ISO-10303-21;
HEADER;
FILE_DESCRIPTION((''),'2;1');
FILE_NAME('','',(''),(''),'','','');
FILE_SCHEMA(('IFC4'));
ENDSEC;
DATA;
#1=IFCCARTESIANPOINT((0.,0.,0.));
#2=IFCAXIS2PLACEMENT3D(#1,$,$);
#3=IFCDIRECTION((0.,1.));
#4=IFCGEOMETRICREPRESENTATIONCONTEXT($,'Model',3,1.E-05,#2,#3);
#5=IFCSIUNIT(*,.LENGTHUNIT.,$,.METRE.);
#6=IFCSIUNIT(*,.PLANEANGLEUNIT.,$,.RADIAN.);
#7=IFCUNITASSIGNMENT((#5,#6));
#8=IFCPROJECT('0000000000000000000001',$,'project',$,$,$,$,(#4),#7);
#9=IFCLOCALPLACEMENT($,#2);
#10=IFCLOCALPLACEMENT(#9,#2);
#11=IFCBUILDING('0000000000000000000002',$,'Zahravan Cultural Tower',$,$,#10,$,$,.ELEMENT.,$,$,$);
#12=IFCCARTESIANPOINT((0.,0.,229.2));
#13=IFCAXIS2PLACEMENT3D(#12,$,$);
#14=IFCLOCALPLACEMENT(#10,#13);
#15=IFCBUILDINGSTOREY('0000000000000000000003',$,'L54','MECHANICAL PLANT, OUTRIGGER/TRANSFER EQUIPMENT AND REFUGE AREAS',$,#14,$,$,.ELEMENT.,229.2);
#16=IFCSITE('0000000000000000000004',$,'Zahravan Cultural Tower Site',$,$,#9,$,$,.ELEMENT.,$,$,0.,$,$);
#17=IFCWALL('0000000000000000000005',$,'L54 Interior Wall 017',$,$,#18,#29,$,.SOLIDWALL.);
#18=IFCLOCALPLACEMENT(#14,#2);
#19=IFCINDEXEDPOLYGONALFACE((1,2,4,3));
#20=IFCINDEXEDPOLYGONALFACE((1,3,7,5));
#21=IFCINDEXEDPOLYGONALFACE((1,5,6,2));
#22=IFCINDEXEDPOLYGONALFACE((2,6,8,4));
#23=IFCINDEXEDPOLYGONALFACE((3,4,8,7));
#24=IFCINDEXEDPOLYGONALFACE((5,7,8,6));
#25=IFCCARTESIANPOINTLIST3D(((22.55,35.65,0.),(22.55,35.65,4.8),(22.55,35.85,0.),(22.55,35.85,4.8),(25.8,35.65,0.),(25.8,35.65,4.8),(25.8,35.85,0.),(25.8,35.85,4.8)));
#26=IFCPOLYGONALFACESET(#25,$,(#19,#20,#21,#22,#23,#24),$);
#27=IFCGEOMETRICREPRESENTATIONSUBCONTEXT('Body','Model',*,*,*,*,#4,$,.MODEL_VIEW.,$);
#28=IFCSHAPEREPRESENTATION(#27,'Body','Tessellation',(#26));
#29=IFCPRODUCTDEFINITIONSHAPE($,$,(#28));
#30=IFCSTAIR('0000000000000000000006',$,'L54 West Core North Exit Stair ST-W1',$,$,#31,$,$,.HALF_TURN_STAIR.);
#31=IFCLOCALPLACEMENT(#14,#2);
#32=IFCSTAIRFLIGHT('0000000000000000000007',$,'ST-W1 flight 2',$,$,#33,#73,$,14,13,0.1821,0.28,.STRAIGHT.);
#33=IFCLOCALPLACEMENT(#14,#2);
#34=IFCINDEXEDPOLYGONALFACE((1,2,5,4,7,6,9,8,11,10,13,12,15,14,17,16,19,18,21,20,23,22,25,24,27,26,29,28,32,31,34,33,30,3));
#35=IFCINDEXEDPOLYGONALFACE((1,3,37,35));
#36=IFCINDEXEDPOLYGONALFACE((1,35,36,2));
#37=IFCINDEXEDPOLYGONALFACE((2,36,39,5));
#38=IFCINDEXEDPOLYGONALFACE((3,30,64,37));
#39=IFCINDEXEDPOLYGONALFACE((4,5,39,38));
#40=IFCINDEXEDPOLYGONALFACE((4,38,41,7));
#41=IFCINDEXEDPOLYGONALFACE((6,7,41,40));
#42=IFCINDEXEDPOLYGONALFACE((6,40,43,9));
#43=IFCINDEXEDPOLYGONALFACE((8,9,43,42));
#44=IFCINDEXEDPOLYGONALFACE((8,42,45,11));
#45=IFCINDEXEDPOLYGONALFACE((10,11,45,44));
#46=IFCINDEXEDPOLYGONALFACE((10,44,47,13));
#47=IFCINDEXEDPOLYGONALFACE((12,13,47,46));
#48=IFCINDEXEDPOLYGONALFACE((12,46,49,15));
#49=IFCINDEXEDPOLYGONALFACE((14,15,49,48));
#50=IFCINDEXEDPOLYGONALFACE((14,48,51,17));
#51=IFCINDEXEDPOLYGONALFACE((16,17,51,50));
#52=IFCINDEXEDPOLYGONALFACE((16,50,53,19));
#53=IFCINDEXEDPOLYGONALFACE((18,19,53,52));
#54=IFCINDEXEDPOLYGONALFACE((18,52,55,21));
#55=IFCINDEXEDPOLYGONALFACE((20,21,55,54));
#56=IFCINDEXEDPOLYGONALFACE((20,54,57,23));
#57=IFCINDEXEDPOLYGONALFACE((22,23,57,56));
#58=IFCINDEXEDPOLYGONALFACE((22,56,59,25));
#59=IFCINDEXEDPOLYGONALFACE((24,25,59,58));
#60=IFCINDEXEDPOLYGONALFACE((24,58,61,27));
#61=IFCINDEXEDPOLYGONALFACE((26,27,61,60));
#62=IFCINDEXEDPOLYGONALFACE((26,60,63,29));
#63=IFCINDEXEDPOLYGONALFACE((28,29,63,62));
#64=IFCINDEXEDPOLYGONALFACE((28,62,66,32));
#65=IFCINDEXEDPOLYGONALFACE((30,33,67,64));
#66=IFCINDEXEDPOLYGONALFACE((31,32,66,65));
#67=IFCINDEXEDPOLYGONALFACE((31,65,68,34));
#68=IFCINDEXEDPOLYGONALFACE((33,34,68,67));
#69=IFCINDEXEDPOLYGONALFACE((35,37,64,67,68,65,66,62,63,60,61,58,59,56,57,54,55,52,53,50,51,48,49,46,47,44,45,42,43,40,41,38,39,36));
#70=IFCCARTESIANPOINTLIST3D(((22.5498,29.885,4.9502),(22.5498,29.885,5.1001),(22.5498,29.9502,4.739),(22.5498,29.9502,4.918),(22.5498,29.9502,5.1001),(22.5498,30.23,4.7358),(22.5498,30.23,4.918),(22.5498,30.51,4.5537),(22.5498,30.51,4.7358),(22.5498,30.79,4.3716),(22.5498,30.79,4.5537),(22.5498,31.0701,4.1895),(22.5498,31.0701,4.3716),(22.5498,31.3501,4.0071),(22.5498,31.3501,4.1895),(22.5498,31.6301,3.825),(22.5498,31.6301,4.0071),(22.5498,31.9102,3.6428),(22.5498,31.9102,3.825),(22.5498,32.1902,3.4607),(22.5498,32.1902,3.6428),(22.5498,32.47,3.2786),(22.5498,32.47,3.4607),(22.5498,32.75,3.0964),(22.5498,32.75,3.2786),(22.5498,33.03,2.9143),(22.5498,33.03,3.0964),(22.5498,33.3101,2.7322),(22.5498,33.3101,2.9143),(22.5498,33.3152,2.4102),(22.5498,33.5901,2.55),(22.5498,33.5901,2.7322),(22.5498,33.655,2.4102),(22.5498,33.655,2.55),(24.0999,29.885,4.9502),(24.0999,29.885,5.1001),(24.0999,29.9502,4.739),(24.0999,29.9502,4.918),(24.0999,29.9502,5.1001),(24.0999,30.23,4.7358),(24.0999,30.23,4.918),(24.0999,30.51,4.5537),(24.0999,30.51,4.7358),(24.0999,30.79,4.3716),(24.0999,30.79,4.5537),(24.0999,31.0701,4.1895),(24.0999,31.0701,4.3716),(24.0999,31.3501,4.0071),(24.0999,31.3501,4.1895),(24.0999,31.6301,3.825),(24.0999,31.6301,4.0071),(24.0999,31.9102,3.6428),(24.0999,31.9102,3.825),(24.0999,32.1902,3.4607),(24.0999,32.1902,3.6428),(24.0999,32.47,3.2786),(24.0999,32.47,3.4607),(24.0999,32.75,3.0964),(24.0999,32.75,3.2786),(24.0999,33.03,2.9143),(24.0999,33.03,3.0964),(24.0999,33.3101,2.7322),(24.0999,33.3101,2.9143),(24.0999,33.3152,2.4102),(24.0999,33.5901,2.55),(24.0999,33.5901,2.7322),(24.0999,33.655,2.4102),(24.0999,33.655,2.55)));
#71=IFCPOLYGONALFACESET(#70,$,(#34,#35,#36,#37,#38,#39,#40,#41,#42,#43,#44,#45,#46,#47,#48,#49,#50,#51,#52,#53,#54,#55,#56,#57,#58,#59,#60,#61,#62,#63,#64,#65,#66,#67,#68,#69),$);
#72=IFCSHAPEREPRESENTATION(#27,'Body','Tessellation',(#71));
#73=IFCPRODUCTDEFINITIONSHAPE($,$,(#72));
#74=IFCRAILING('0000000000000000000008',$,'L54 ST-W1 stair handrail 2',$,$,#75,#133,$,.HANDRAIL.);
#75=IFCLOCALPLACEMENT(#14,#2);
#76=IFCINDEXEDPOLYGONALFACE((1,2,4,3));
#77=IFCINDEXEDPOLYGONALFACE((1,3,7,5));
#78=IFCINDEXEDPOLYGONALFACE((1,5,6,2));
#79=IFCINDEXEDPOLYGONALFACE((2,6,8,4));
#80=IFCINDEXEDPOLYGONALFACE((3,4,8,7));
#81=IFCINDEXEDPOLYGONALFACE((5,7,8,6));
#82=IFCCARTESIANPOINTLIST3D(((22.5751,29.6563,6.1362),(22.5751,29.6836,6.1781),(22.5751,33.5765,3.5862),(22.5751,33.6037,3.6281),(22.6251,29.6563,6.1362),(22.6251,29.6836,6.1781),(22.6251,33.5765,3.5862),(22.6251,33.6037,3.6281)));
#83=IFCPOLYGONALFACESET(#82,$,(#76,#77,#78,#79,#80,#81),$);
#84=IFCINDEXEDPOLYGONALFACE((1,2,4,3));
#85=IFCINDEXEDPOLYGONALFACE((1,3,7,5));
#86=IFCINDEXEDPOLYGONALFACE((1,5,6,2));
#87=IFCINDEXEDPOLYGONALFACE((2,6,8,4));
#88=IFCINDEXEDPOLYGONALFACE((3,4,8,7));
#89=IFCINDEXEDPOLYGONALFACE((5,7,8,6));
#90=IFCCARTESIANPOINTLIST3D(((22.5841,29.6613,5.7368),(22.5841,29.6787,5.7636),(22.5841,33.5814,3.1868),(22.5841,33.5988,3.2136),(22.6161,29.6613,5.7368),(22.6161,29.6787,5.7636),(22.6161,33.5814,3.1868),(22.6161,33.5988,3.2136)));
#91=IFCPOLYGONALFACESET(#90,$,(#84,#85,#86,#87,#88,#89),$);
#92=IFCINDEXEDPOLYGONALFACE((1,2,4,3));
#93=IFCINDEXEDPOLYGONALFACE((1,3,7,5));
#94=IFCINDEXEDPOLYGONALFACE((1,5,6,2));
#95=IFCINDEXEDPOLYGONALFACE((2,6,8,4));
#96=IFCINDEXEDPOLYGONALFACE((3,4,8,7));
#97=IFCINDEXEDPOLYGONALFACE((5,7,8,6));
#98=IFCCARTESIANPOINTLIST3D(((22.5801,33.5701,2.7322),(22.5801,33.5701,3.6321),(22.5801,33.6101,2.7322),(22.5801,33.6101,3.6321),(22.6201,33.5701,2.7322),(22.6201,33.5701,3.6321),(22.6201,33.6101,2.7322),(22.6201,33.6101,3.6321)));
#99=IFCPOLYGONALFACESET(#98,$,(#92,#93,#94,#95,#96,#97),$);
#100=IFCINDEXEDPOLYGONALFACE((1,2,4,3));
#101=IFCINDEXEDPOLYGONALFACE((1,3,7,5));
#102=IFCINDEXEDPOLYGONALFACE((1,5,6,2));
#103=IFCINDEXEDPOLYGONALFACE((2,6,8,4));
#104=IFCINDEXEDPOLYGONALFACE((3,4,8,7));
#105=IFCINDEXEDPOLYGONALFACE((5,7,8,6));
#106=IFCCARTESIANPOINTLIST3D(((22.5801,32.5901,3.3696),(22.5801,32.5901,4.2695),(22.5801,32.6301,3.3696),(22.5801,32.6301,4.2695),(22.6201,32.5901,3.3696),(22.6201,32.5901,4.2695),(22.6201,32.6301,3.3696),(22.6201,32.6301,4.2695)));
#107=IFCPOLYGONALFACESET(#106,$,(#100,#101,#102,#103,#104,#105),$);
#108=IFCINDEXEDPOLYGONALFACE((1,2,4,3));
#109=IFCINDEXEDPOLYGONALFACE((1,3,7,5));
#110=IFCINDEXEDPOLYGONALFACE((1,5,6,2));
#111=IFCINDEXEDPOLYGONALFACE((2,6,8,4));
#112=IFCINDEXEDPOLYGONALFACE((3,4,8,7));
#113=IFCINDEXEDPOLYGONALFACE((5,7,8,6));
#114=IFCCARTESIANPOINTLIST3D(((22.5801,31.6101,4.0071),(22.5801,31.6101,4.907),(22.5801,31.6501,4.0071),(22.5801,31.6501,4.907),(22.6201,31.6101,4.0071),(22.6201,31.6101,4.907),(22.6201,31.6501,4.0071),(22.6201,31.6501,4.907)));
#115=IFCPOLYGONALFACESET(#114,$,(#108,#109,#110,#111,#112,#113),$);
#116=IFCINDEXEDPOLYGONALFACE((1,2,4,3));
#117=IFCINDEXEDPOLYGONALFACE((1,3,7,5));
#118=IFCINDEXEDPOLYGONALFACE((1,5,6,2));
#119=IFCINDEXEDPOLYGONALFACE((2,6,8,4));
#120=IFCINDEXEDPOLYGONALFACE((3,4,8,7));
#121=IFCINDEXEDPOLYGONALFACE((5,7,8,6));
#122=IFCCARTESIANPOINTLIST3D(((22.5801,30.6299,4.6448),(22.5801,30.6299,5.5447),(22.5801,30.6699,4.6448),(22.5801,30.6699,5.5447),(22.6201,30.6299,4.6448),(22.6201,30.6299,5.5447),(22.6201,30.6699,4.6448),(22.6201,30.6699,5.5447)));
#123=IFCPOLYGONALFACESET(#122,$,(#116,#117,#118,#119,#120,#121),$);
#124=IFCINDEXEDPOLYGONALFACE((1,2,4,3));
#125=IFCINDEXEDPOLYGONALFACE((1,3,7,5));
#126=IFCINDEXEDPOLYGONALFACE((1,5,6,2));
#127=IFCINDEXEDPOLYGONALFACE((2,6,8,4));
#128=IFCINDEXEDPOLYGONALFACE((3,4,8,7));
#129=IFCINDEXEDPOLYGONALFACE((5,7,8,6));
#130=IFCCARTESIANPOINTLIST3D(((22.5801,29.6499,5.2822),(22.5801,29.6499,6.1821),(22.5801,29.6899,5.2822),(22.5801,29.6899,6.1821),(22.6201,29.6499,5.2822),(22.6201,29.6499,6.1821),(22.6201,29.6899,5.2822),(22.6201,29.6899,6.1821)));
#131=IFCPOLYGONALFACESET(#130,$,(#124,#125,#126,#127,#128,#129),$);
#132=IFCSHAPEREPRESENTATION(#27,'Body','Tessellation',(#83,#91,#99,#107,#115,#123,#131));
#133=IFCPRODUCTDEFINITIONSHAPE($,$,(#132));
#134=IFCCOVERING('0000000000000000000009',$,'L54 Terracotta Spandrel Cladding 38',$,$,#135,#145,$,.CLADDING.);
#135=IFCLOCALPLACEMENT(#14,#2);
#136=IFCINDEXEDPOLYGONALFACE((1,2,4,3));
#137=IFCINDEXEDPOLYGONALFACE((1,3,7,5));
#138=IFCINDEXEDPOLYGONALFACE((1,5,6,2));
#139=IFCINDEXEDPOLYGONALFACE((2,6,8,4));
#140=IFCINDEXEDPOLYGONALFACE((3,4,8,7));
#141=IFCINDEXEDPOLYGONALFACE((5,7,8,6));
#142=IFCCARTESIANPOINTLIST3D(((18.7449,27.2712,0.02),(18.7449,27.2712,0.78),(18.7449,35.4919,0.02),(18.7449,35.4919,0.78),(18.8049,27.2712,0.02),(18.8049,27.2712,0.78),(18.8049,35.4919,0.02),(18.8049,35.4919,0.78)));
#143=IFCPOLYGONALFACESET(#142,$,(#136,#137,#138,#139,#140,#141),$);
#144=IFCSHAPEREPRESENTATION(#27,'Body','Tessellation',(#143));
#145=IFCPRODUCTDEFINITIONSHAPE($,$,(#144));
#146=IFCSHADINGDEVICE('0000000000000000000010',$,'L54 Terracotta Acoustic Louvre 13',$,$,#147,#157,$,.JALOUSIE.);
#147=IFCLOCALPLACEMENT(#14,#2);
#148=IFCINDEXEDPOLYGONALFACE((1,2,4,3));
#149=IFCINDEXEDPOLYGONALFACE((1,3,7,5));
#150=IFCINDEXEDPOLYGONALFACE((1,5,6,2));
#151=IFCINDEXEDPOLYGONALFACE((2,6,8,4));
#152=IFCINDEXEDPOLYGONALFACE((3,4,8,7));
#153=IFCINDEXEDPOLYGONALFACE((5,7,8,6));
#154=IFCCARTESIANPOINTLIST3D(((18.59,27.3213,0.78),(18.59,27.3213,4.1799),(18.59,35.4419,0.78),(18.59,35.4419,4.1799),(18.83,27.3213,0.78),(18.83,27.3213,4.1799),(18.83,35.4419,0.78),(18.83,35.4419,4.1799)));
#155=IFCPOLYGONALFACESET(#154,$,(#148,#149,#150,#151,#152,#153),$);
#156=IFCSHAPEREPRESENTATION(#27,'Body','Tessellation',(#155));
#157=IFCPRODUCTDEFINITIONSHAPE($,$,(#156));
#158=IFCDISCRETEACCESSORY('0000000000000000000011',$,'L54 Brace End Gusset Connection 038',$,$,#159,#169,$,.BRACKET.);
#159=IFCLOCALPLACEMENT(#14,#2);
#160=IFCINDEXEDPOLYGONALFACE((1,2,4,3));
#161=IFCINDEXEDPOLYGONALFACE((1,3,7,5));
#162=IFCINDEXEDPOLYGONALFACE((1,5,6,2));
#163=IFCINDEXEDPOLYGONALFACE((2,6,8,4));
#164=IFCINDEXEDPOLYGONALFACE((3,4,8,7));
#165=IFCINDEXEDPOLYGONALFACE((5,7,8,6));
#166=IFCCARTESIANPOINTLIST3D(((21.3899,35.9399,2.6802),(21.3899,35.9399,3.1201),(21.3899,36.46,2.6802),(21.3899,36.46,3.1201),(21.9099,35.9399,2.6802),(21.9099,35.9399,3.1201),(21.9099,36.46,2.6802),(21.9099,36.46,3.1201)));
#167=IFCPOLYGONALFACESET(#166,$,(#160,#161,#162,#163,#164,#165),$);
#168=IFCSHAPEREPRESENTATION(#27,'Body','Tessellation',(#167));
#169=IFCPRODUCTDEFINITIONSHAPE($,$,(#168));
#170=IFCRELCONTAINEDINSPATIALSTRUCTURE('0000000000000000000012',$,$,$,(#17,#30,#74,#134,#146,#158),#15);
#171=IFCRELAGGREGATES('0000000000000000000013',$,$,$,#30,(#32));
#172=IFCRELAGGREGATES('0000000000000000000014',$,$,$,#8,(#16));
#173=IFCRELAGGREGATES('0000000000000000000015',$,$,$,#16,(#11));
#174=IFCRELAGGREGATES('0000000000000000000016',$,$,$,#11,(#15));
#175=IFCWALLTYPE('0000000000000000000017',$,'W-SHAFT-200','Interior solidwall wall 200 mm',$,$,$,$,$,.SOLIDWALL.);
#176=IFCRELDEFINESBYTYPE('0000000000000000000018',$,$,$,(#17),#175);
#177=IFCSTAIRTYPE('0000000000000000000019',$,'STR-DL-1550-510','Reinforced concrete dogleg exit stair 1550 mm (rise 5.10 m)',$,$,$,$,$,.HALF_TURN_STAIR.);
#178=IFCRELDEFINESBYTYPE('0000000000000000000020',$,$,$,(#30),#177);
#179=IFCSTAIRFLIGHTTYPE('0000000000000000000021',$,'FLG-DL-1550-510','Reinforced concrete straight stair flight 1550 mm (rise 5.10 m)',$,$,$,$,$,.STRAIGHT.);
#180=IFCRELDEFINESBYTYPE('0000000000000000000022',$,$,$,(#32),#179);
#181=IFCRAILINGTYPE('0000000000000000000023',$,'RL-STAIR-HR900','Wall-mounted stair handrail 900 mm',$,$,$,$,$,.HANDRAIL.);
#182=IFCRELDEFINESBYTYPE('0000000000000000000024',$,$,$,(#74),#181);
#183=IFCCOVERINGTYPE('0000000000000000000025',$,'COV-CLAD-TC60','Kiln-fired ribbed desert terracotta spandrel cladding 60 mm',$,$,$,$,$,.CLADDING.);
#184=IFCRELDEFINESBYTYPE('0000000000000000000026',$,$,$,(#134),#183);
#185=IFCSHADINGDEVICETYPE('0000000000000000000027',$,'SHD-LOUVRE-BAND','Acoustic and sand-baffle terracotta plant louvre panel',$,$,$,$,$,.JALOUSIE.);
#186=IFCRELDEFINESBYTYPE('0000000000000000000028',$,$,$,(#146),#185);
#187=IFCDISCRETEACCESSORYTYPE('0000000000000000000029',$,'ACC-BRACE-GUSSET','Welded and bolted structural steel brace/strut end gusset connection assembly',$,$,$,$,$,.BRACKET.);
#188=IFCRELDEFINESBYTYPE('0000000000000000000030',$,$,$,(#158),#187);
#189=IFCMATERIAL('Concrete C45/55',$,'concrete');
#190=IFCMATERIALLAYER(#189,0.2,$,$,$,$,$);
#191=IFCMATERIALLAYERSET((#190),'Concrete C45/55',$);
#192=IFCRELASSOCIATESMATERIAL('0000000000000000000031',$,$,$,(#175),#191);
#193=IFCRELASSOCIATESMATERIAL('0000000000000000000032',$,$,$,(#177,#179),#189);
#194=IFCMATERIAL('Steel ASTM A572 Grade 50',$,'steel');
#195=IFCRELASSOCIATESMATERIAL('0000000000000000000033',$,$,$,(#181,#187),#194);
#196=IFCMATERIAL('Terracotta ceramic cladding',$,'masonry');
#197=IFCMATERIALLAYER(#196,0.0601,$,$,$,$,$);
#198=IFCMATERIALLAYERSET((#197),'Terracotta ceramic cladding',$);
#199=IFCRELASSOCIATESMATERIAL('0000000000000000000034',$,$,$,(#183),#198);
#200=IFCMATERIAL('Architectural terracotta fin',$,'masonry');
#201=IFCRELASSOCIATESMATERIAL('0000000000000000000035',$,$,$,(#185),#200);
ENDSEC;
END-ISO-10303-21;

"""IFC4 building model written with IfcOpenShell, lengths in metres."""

from ifc_helpers import new_model, si_unit, direction, frame, frame_2d, origin, origin_2d, place, context, subcontext, project, spatial, polyline, rectangle, outline, extrude, source, transform, mapped, material, layer, layer_set, type_object, element, aggregate, save


model = new_model("IFC4")

# Units and contexts
model_context = context("Model", 3, precision=1e-05, world=origin(), true_north=direction((0.0, 1.0)))
body_context = subcontext(model_context, "Body", "Model", "MODEL_VIEW")
ifc_project = project(units=[si_unit("LENGTHUNIT", "METRE"), si_unit("PLANEANGLEUNIT", "RADIAN")], contexts=[model_context])

# Site, building, storey
site_placement = place(None, origin())
site = spatial("IfcSite", under=ifc_project, at=site_placement, Name="Zahravan Cultural Tower Site", CompositionType="ELEMENT", RefElevation=0.0)
building_placement = place(site_placement, origin())
building = spatial("IfcBuilding", under=site, at=building_placement, Name="Zahravan Cultural Tower", CompositionType="ELEMENT")
storey_placement = place(building_placement, frame((0.0, 0.0, 229.2)))
storey = spatial("IfcBuildingStorey", under=building, at=storey_placement, Name="L54", Description="MECHANICAL PLANT, OUTRIGGER/TRANSFER EQUIPMENT AND REFUGE AREAS", CompositionType="ELEMENT", Elevation=229.2)

# Shared definitions
ifc_material_1 = material(Name="Steel ASTM A572 Grade 50", Category="steel")

# Wall
ifc_material_2 = material(Name="Concrete C45/55", Category="concrete")
ifc_layer_1 = layer(ifc_material_2, 0.2)
ifc_layer_set_1 = layer_set([ifc_layer_1], Name="Concrete C45/55")
wall_type_1 = type_object("IfcWallType", Name="W-SHAFT-200", Description="Interior solidwall wall 200 mm", PredefinedType="SOLIDWALL", material=ifc_layer_set_1)
shared_shape_1 = source(origin(), body_context, "Body", "SweptSolid", [
    extrude(rectangle(XDim=3.25, YDim=0.2, at=frame_2d((1.625, 0.0))), origin(), (0.0, 0.0, 1.0), 4.8),
])
wall_1_placement = place(storey_placement, frame((22.55, 35.75, 0.0), z_axis=(0.0, 0.0, 1.0), x_axis=(1.0, 0.0, 0.0)))
element("IfcWall", 1, at=wall_1_placement, inside=storey, type_object=wall_type_1, Name="L54 Interior Wall 017", PredefinedType="SOLIDWALL", context=body_context, shape_type="MappedRepresentation", body=[
    mapped(shared_shape_1, transform((0.0, 0.0, 0.0), x_axis=(1.0, 0.0, 0.0), y_axis=(0.0, 1.0, 0.0), z_axis=(0.0, 0.0, 1.0), scale=1.0)),
])

# Stair, stair flight
stair_type = type_object("IfcStairType", Name="STR-DL-1550-510", Description="Reinforced concrete dogleg exit stair 1550 mm (rise 5.10 m)", PredefinedType="HALF_TURN_STAIR", material=ifc_material_2)
stair_placement = place(storey_placement, origin())
stair = element("IfcStair", 2, at=stair_placement, inside=storey, type_object=stair_type, Name="L54 West Core North Exit Stair ST-W1", PredefinedType="HALF_TURN_STAIR")
stair_flight_type = type_object("IfcStairFlightType", Name="FLG-DL-1550-510", Description="Reinforced concrete straight stair flight 1550 mm (rise 5.10 m)", PredefinedType="STRAIGHT", material=ifc_material_2)
stair_flight_placement = place(storey_placement, frame((23.325, 33.5901, 2.55), z_axis=(0.0, 0.0, 1.0), x_axis=(0.0, -1.0, 0.0)))
stair_flight = element("IfcStairFlight", 3, at=stair_flight_placement, type_object=stair_flight_type, Name="ST-W1 flight 2", NumberOfRisers=14, NumberOfTreads=13, PredefinedType="STRAIGHT", RiserHeight=0.1821, TreadLength=0.28, context=body_context, shape_type="SweptSolid", body=[
    extrude(outline(polyline([(-0.0649, -0.1399), (-0.0649, 0.0), (0.0, 0.0), (0.0, 0.1821), (0.28, 0.1821), (0.28, 0.3643), (0.5601, 0.3643), (0.5601, 0.5464), (0.8401, 0.5464), (0.8401, 0.7285), (1.1201, 0.7285), (1.1201, 0.9106), (1.3999, 0.9106), (1.3999, 1.0928), (1.6799, 1.0928), (1.6799, 1.2749), (1.96, 1.2749), (1.96, 1.457), (2.24, 1.457), (2.24, 1.6394), (2.52, 1.6394), (2.52, 1.8215), (2.8, 1.8215), (2.8, 2.0037), (3.0801, 2.0037), (3.0801, 2.1858), (3.3601, 2.1858), (3.3601, 2.3679), (3.6399, 2.3679), (3.6399, 2.55), (3.7051, 2.55), (3.7051, 2.4001), (3.6399, 2.189), (0.2749, -0.1399), (-0.0649, -0.1399)])), frame((0.0, 0.7749, 0.0), z_axis=(0.0, -1.0, 0.0), x_axis=(1.0, 0.0, 0.0)), (0.0, 0.0, 1.0), 1.55),
])
aggregate(stair, [stair_flight])

# Railing
railing_type = type_object("IfcRailingType", Name="RL-STAIR-HR900", Description="Wall-mounted stair handrail 900 mm", PredefinedType="HANDRAIL", material=ifc_material_1)
railing_placement = place(storey_placement, frame((22.6001, 33.5901, 2.7322)))
element("IfcRailing", 4, at=railing_placement, inside=storey, type_object=railing_type, Name="L54 ST-W1 stair handrail 2", PredefinedType="HANDRAIL", context=body_context, shape_type="SweptSolid", body=[
    extrude(rectangle(XDim=0.05, YDim=0.05, at=origin_2d()), frame((0.0, 0.0, 0.875), z_axis=(0.0, -0.838254, 0.54528), x_axis=(1.0, 0.0, 0.0)), (0.0, 0.0, 1.0), 4.6765),
    extrude(rectangle(XDim=0.032, YDim=0.032, at=origin_2d()), frame((0.0, 0.0, 0.468), z_axis=(0.0, -0.838254, 0.54528), x_axis=(1.0, 0.0, 0.0)), (0.0, 0.0, 1.0), 4.6765),
    extrude(rectangle(XDim=0.04, YDim=0.04, at=origin_2d()), origin(), (0.0, 0.0, 1.0), 0.8999),
    extrude(rectangle(XDim=0.04, YDim=0.04, at=origin_2d()), frame((0.0, -0.98, 0.6375)), (0.0, 0.0, 1.0), 0.8999),
    extrude(rectangle(XDim=0.04, YDim=0.04, at=origin_2d()), frame((0.0, -1.96, 1.2749)), (0.0, 0.0, 1.0), 0.8999),
    extrude(rectangle(XDim=0.04, YDim=0.04, at=origin_2d()), frame((0.0, -2.9402, 1.9126)), (0.0, 0.0, 1.0), 0.8999),
    extrude(rectangle(XDim=0.04, YDim=0.04, at=origin_2d()), frame((0.0, -3.9202, 2.55)), (0.0, 0.0, 1.0), 0.8999),
])

# Covering
ifc_material_3 = material(Name="Terracotta ceramic cladding", Category="masonry")
ifc_layer_2 = layer(ifc_material_3, 0.0601)
ifc_layer_set_2 = layer_set([ifc_layer_2], Name="Terracotta ceramic cladding")
covering_type = type_object("IfcCoveringType", Name="COV-CLAD-TC60", Description="Kiln-fired ribbed desert terracotta spandrel cladding 60 mm", PredefinedType="CLADDING", material=ifc_layer_set_2)
shared_shape_2 = source(origin(), body_context, "Body", "SweptSolid", [
    extrude(rectangle(XDim=8.2207, YDim=0.0601, at=origin_2d()), origin(), (0.0, 0.0, 1.0), 0.76),
])
covering_placement = place(storey_placement, frame((18.7749, 31.3816, 0.02), z_axis=(0.0, 0.0, 1.0), x_axis=(0.0, 1.0, 0.0)))
element("IfcCovering", 5, at=covering_placement, inside=storey, type_object=covering_type, Name="L54 Terracotta Spandrel Cladding 38", PredefinedType="CLADDING", context=body_context, shape_type="MappedRepresentation", body=[
    mapped(shared_shape_2, transform((0.0, 0.0, 0.0), x_axis=(1.0, 0.0, 0.0), y_axis=(0.0, 1.0, 0.0), z_axis=(0.0, 0.0, 1.0), scale=1.0)),
])

# Shading device
ifc_material_4 = material(Name="Architectural terracotta fin", Category="masonry")
shading_device_type = type_object("IfcShadingDeviceType", Name="SHD-LOUVRE-BAND", Description="Acoustic and sand-baffle terracotta plant louvre panel", PredefinedType="JALOUSIE", material=ifc_material_4)
shared_shape_3 = source(origin(), body_context, "Body", "SweptSolid", [
    extrude(rectangle(XDim=8.1206, YDim=0.24, at=origin_2d()), origin(), (0.0, 0.0, 1.0), 3.3999),
])
shading_device_placement = place(storey_placement, frame((18.71, 31.3816, 0.78), z_axis=(0.0, 0.0, 1.0), x_axis=(0.0, 1.0, 0.0)))
element("IfcShadingDevice", 6, at=shading_device_placement, inside=storey, type_object=shading_device_type, Name="L54 Terracotta Acoustic Louvre 13", PredefinedType="JALOUSIE", context=body_context, shape_type="MappedRepresentation", body=[
    mapped(shared_shape_3, transform((0.0, 0.0, 0.0), x_axis=(1.0, 0.0, 0.0), y_axis=(0.0, 1.0, 0.0), z_axis=(0.0, 0.0, 1.0), scale=1.0)),
])

# Discrete accessory
discrete_accessory_type = type_object("IfcDiscreteAccessoryType", Name="ACC-BRACE-GUSSET", Description="Welded and bolted structural steel brace/strut end gusset connection assembly", PredefinedType="BRACKET", material=ifc_material_1)
shared_shape_4 = source(origin(), body_context, "Body", "SweptSolid", [
    extrude(rectangle(XDim=0.52, YDim=0.52, at=origin_2d()), origin(), (0.0, 0.0, 1.0), 0.4399),
])
discrete_accessory_placement = place(storey_placement, frame((21.6499, 36.2, 2.6802), z_axis=(0.0, 0.0, 1.0), x_axis=(1.0, 0.0, 0.0)))
element("IfcDiscreteAccessory", 7, at=discrete_accessory_placement, inside=storey, type_object=discrete_accessory_type, Name="L54 Brace End Gusset Connection 038", PredefinedType="BRACKET", context=body_context, shape_type="MappedRepresentation", body=[
    mapped(shared_shape_4, transform((0.0, 0.0, 0.0), x_axis=(1.0, 0.0, 0.0), y_axis=(0.0, 1.0, 0.0), z_axis=(0.0, 0.0, 1.0), scale=1.0)),
])

save(model, "model.ifc")
